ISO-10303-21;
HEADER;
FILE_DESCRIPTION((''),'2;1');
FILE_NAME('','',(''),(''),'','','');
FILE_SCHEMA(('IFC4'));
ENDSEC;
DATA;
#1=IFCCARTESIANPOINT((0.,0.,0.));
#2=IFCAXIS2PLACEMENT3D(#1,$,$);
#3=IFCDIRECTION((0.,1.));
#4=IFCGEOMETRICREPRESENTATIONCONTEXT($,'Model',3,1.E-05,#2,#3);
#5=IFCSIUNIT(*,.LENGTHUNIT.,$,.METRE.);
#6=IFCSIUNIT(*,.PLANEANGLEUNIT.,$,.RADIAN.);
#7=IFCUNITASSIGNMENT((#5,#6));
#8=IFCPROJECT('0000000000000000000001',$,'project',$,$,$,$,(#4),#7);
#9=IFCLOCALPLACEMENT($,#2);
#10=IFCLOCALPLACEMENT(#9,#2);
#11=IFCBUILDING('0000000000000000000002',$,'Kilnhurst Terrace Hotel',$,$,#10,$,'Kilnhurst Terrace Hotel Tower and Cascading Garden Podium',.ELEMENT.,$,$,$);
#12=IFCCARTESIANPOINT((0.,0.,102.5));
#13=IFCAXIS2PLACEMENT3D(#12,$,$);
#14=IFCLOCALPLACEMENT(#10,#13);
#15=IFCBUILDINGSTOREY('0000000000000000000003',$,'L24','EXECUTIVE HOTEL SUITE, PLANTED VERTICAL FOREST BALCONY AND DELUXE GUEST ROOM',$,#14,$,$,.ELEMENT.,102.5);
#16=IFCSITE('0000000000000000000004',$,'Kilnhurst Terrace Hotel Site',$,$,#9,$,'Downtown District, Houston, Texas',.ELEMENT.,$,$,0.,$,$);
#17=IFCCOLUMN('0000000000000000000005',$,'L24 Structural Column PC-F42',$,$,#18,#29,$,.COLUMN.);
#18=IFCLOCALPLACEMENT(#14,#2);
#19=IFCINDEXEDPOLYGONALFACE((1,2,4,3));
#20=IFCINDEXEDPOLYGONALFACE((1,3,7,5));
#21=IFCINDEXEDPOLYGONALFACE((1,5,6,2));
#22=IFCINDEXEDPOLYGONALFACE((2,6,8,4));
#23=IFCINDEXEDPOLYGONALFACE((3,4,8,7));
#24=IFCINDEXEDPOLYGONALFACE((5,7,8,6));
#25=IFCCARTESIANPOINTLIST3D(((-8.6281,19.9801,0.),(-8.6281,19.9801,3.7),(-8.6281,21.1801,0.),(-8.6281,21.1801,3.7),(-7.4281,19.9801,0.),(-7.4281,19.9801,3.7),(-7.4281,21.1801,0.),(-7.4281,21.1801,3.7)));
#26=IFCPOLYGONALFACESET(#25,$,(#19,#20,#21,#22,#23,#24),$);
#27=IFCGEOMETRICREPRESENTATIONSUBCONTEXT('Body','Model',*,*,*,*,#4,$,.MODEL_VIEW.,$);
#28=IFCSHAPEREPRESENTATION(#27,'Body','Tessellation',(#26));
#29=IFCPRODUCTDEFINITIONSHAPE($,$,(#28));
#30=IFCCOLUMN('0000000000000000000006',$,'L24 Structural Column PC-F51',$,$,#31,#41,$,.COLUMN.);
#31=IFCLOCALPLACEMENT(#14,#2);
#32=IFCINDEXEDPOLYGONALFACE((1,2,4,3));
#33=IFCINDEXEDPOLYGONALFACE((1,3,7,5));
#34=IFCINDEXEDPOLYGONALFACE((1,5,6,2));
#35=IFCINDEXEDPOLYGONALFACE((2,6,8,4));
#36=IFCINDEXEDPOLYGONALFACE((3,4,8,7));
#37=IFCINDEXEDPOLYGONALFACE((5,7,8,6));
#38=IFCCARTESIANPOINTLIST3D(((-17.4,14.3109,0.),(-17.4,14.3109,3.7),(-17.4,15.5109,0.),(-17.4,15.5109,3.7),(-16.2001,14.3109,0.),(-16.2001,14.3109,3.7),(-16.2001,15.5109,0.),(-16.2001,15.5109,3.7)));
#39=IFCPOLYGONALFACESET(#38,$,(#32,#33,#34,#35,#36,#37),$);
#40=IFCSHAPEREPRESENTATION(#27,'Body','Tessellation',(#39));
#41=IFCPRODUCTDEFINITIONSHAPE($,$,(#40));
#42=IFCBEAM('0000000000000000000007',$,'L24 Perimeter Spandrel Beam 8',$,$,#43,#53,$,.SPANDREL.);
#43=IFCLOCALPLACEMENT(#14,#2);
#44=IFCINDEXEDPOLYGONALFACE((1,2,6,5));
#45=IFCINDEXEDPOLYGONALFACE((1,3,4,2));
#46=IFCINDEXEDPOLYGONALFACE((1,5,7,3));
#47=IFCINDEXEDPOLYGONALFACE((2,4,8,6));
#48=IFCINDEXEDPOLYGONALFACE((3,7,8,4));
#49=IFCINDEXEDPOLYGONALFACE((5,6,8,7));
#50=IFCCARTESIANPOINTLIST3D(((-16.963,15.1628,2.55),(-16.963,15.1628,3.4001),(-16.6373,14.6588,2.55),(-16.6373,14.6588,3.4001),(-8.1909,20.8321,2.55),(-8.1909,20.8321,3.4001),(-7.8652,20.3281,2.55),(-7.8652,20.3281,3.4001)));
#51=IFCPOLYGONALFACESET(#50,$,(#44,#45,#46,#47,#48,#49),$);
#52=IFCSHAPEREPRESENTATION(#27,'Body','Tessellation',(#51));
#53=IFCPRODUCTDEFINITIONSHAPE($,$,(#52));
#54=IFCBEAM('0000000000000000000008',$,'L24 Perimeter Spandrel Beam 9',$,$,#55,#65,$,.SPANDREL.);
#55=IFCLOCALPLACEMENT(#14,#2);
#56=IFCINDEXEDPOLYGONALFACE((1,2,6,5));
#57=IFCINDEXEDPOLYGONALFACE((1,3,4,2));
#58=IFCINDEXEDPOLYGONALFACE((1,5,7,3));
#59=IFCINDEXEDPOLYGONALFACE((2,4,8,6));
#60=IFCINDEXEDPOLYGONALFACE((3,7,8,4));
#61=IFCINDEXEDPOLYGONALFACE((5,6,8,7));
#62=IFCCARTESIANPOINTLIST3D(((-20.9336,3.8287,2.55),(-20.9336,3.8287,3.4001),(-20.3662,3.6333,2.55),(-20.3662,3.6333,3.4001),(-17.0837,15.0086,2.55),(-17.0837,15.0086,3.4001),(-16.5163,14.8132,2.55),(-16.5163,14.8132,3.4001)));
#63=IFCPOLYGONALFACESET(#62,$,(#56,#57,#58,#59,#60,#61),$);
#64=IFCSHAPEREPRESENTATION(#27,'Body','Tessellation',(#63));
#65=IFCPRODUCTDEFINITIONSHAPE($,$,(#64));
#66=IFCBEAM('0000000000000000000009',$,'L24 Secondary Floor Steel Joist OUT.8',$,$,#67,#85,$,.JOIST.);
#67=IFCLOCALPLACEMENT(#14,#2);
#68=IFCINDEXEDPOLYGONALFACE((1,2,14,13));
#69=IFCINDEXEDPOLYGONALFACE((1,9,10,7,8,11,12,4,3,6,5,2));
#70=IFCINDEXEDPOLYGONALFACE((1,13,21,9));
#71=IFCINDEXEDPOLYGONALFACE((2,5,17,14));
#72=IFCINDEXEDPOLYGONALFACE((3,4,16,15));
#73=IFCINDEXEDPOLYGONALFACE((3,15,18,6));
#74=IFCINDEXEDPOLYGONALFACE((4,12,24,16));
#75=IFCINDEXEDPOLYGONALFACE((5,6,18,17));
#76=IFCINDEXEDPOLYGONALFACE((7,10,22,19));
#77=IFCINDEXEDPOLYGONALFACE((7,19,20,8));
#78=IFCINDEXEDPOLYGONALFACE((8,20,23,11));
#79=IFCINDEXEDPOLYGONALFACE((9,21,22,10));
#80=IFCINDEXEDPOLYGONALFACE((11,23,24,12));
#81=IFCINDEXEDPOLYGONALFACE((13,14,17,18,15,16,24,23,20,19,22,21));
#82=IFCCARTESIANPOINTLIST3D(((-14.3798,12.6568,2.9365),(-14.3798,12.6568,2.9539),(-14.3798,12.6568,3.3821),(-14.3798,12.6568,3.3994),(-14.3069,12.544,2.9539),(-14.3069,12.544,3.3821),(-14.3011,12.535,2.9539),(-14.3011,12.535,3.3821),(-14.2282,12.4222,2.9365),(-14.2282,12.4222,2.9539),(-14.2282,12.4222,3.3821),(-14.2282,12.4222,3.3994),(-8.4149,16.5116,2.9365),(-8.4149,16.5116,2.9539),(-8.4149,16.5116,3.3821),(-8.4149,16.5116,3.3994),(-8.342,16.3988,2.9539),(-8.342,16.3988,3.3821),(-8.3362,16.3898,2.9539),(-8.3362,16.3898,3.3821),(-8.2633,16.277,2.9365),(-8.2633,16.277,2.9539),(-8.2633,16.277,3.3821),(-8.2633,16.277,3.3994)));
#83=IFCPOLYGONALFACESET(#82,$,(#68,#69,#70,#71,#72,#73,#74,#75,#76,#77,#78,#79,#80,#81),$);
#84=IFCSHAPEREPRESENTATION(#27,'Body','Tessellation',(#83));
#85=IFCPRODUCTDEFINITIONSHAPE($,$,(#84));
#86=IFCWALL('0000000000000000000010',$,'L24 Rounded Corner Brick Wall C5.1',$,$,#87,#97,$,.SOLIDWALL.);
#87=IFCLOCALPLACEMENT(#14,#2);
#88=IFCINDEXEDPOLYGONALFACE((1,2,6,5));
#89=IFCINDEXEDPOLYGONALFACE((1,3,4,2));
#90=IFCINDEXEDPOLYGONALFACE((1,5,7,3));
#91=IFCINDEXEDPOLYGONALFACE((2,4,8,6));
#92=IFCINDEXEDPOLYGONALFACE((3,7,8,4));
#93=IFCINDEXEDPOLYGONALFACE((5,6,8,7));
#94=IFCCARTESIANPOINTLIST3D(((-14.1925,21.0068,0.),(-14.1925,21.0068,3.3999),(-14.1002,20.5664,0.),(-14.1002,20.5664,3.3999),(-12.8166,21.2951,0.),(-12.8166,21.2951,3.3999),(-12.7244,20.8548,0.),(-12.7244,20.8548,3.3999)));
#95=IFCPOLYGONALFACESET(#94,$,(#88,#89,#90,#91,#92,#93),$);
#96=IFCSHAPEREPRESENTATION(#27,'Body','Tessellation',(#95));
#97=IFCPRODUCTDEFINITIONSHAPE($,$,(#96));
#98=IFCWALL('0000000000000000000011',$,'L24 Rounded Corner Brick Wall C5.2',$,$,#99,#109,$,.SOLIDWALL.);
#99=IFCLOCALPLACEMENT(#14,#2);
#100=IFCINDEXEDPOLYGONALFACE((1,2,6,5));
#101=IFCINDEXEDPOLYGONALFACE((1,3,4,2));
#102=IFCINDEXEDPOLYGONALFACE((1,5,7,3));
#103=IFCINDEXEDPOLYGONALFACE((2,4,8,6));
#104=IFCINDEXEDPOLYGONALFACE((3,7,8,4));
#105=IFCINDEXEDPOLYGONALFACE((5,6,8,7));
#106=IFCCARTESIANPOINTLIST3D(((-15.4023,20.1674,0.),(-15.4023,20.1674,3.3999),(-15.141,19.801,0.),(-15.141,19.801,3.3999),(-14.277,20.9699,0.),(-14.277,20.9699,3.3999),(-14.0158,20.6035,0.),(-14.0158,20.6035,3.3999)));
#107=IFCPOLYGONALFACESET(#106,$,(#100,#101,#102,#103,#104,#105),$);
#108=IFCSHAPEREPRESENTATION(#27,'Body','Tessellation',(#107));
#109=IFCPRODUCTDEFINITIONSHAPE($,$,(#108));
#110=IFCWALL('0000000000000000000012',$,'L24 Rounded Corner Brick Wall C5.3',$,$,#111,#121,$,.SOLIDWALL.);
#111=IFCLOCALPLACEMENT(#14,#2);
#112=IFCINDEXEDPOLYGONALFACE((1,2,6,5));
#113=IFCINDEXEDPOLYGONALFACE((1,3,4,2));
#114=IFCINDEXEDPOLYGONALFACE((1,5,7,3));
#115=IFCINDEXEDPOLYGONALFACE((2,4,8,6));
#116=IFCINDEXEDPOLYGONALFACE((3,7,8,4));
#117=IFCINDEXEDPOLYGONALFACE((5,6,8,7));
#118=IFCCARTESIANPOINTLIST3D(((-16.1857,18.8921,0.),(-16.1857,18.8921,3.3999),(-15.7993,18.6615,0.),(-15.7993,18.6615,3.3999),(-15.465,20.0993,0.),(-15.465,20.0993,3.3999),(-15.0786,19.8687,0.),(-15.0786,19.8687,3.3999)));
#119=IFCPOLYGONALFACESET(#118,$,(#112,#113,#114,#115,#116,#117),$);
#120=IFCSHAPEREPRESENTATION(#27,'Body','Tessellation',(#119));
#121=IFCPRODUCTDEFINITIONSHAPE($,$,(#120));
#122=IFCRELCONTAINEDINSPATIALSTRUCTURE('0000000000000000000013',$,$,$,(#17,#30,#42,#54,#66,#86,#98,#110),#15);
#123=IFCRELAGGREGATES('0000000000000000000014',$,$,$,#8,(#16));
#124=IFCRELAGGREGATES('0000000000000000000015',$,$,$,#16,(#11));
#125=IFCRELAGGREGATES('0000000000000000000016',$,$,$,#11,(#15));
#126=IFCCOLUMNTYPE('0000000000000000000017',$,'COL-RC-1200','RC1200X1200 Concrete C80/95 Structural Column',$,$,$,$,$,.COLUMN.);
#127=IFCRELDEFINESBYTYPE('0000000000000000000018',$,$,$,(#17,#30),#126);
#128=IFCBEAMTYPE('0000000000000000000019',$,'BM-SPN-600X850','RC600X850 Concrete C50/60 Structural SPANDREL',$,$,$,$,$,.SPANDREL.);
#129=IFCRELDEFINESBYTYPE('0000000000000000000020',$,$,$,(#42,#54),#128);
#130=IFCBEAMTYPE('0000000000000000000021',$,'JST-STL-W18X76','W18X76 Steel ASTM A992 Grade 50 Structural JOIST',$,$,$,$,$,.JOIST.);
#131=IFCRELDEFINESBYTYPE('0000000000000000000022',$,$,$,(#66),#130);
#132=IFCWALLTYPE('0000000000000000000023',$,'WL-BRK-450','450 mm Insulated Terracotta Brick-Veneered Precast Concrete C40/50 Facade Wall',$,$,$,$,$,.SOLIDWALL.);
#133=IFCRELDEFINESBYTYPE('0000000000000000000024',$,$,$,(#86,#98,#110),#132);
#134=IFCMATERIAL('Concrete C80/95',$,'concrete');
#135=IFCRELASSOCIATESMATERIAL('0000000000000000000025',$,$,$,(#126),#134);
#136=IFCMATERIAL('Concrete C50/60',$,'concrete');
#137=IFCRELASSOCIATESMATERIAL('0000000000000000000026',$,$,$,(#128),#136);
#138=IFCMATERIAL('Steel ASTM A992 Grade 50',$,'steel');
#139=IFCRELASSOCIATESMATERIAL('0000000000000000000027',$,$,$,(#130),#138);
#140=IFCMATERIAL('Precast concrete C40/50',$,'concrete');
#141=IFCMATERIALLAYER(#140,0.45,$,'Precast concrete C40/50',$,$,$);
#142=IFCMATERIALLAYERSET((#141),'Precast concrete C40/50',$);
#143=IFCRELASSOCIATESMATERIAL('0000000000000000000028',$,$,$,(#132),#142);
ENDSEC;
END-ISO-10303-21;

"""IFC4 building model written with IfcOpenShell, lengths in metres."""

from ifc_helpers import new_model, si_unit, direction, frame, frame_2d, origin, origin_2d, place, context, subcontext, project, spatial, rectangle, i_section, extrude, material, layer, layer_set, material_profile, profile_set, type_object, element, save


model = new_model("IFC4")

# Units and contexts
model_context = context("Model", 3, precision=1e-05, world=origin(), true_north=direction((0.0, 1.0)))
body_context = subcontext(model_context, "Body", "Model", "MODEL_VIEW")
ifc_project = project(units=[si_unit("LENGTHUNIT", "METRE"), si_unit("PLANEANGLEUNIT", "RADIAN")], contexts=[model_context])

# Site, building, storey
site_placement = place(None, origin())
site = spatial("IfcSite", under=ifc_project, at=site_placement, Name="Kilnhurst Terrace Hotel Site", LongName="Downtown District, Houston, Texas", CompositionType="ELEMENT", RefElevation=0.0)
building_placement = place(site_placement, origin())
building = spatial("IfcBuilding", under=site, at=building_placement, Name="Kilnhurst Terrace Hotel", LongName="Kilnhurst Terrace Hotel Tower and Cascading Garden Podium", CompositionType="ELEMENT")
storey_placement = place(building_placement, frame((0.0, 0.0, 102.5)))
storey = spatial("IfcBuildingStorey", under=building, at=storey_placement, Name="L24", Description="EXECUTIVE HOTEL SUITE, PLANTED VERTICAL FOREST BALCONY AND DELUXE GUEST ROOM", CompositionType="ELEMENT", Elevation=102.5)

# Columns
ifc_material_1 = material(Name="Concrete C80/95", Category="concrete")
ifc_material_profile_1 = material_profile(ifc_material_1, rectangle(XDim=1.2, YDim=1.2, at=origin_2d()), Name="RC1200X1200")
ifc_profile_set_1 = profile_set([ifc_material_profile_1], Name="Concrete C80/95")
column_type = type_object("IfcColumnType", Name="COL-RC-1200", Description="RC1200X1200 Concrete C80/95 Structural Column", PredefinedType="COLUMN", material=ifc_profile_set_1)
for number, where, z_axis, x_axis, name in (
    (1, (-8.0281, 20.5801, 0.0), (0.0, 0.0, 1.0), (1.0, 0.0, 0.0), "L24 Structural Column PC-F42"),
    (2, (-16.8, 14.9109, 0.0), (0.0, 0.0, 1.0), (1.0, 0.0, 0.0), "L24 Structural Column PC-F51"),
):
    element("IfcColumn", number, at=place(storey_placement, frame(where, z_axis=z_axis, x_axis=x_axis)), inside=storey, type_object=column_type, Name=name, PredefinedType="COLUMN", context=body_context, shape_type="SweptSolid", body=[
        extrude(rectangle(XDim=1.2, YDim=1.2, at=origin_2d()), origin(), (0.0, 0.0, 1.0), 3.7),
    ])

# Beams
ifc_material_2 = material(Name="Concrete C50/60", Category="concrete")
ifc_material_profile_2 = material_profile(ifc_material_2, rectangle(XDim=0.6001, YDim=0.8501, at=origin_2d()), Name="RC600X850")
ifc_profile_set_2 = profile_set([ifc_material_profile_2], Name="Concrete C50/60")
beam_type_1 = type_object("IfcBeamType", Name="BM-SPN-600X850", Description="RC600X850 Concrete C50/60 Structural SPANDREL", PredefinedType="SPANDREL", material=ifc_profile_set_2)
beam_1_placement = place(storey_placement, frame((-8.0281, 20.5801, 2.9751), z_axis=(-0.839867, -0.542793, 0.0), x_axis=(0.542793, -0.839867, 0.0)))
element("IfcBeam", 3, at=beam_1_placement, inside=storey, type_object=beam_type_1, Name="L24 Perimeter Spandrel Beam 8", PredefinedType="SPANDREL", context=body_context, shape_type="SweptSolid", body=[
    extrude(rectangle(XDim=0.6001, YDim=0.8501, at=origin_2d()), origin(), (0.0, 0.0, 1.0), 10.4446),
])
beam_2_placement = place(storey_placement, frame((-16.8, 14.9109, 2.9751), z_axis=(-0.32559, -0.945511, 0.0), x_axis=(0.945511, -0.32559, 0.0)))
element("IfcBeam", 4, at=beam_2_placement, inside=storey, type_object=beam_type_1, Name="L24 Perimeter Spandrel Beam 9", PredefinedType="SPANDREL", context=body_context, shape_type="SweptSolid", body=[
    extrude(rectangle(XDim=0.6001, YDim=0.8501, at=origin_2d()), origin(), (0.0, 0.0, 1.0), 11.8242),
])
ifc_material_3 = material(Name="Steel ASTM A992 Grade 50", Category="steel")
ifc_material_profile_3 = material_profile(ifc_material_3, i_section(OverallWidth=0.2793, OverallDepth=0.4629, WebThickness=0.0107, FlangeThickness=0.0173, at=origin_2d()), Name="W18X76")
ifc_profile_set_3 = profile_set([ifc_material_profile_3], Name="Steel ASTM A992 Grade 50")
beam_type_2 = type_object("IfcBeamType", Name="JST-STL-W18X76", Description="W18X76 Steel ASTM A992 Grade 50 Structural JOIST", PredefinedType="JOIST", material=ifc_profile_set_3)
beam_3_placement = place(storey_placement, frame((-8.3391, 16.3943, 3.168), z_axis=(-0.839883, -0.542768, 0.0), x_axis=(0.542768, -0.839883, 0.0)))
element("IfcBeam", 5, at=beam_3_placement, inside=storey, type_object=beam_type_2, Name="L24 Secondary Floor Steel Joist OUT.8", PredefinedType="JOIST", context=body_context, shape_type="SweptSolid", body=[
    extrude(i_section(OverallWidth=0.2793, OverallDepth=0.4629, WebThickness=0.0107, FlangeThickness=0.0173, at=origin_2d()), origin(), (0.0, 0.0, 1.0), 7.1021),
])

# Walls
ifc_material_4 = material(Name="Precast concrete C40/50", Category="concrete")
ifc_layer_1 = layer(ifc_material_4, 0.45, Name="Precast concrete C40/50")
ifc_layer_set_1 = layer_set([ifc_layer_1], Name="Precast concrete C40/50")
wall_type_1 = type_object("IfcWallType", Name="WL-BRK-450", Description="450 mm Insulated Terracotta Brick-Veneered Precast Concrete C40/50 Facade Wall", PredefinedType="SOLIDWALL", material=ifc_layer_set_1)
wall_1_placement = place(storey_placement, frame((-12.7705, 21.075, 0.0), z_axis=(0.0, 0.0, 1.0), x_axis=(-0.978743, -0.205091, 0.0)))
element("IfcWall", 6, at=wall_1_placement, inside=storey, type_object=wall_type_1, Name="L24 Rounded Corner Brick Wall C5.1", PredefinedType="SOLIDWALL", context=body_context, shape_type="SweptSolid", body=[
    extrude(rectangle(XDim=1.4058, YDim=0.45, at=frame_2d((0.7029, 0.0))), origin(), (0.0, 0.0, 1.0), 3.3999),
])
wall_2_placement = place(storey_placement, frame((-14.1465, 20.7866, 0.0), z_axis=(0.0, 0.0, 1.0), x_axis=(-0.814163, -0.580636, 0.0)))
element("IfcWall", 7, at=wall_2_placement, inside=storey, type_object=wall_type_1, Name="L24 Rounded Corner Brick Wall C5.2", PredefinedType="SOLIDWALL", context=body_context, shape_type="SweptSolid", body=[
    extrude(rectangle(XDim=1.3821, YDim=0.45, at=frame_2d((0.6909, 0.0))), origin(), (0.0, 0.0, 1.0), 3.3999),
])
wall_3_placement = place(storey_placement, frame((-15.2717, 19.9841, 0.0), z_axis=(0.0, 0.0, 1.0), x_axis=(-0.512579, -0.85864, 0.0)))
element("IfcWall", 8, at=wall_3_placement, inside=storey, type_object=wall_type_1, Name="L24 Rounded Corner Brick Wall C5.3", PredefinedType="SOLIDWALL", context=body_context, shape_type="SweptSolid", body=[
    extrude(rectangle(XDim=1.406, YDim=0.45, at=frame_2d((0.7031, 0.0))), origin(), (0.0, 0.0, 1.0), 3.3999),
])

save(model, "model.ifc")
